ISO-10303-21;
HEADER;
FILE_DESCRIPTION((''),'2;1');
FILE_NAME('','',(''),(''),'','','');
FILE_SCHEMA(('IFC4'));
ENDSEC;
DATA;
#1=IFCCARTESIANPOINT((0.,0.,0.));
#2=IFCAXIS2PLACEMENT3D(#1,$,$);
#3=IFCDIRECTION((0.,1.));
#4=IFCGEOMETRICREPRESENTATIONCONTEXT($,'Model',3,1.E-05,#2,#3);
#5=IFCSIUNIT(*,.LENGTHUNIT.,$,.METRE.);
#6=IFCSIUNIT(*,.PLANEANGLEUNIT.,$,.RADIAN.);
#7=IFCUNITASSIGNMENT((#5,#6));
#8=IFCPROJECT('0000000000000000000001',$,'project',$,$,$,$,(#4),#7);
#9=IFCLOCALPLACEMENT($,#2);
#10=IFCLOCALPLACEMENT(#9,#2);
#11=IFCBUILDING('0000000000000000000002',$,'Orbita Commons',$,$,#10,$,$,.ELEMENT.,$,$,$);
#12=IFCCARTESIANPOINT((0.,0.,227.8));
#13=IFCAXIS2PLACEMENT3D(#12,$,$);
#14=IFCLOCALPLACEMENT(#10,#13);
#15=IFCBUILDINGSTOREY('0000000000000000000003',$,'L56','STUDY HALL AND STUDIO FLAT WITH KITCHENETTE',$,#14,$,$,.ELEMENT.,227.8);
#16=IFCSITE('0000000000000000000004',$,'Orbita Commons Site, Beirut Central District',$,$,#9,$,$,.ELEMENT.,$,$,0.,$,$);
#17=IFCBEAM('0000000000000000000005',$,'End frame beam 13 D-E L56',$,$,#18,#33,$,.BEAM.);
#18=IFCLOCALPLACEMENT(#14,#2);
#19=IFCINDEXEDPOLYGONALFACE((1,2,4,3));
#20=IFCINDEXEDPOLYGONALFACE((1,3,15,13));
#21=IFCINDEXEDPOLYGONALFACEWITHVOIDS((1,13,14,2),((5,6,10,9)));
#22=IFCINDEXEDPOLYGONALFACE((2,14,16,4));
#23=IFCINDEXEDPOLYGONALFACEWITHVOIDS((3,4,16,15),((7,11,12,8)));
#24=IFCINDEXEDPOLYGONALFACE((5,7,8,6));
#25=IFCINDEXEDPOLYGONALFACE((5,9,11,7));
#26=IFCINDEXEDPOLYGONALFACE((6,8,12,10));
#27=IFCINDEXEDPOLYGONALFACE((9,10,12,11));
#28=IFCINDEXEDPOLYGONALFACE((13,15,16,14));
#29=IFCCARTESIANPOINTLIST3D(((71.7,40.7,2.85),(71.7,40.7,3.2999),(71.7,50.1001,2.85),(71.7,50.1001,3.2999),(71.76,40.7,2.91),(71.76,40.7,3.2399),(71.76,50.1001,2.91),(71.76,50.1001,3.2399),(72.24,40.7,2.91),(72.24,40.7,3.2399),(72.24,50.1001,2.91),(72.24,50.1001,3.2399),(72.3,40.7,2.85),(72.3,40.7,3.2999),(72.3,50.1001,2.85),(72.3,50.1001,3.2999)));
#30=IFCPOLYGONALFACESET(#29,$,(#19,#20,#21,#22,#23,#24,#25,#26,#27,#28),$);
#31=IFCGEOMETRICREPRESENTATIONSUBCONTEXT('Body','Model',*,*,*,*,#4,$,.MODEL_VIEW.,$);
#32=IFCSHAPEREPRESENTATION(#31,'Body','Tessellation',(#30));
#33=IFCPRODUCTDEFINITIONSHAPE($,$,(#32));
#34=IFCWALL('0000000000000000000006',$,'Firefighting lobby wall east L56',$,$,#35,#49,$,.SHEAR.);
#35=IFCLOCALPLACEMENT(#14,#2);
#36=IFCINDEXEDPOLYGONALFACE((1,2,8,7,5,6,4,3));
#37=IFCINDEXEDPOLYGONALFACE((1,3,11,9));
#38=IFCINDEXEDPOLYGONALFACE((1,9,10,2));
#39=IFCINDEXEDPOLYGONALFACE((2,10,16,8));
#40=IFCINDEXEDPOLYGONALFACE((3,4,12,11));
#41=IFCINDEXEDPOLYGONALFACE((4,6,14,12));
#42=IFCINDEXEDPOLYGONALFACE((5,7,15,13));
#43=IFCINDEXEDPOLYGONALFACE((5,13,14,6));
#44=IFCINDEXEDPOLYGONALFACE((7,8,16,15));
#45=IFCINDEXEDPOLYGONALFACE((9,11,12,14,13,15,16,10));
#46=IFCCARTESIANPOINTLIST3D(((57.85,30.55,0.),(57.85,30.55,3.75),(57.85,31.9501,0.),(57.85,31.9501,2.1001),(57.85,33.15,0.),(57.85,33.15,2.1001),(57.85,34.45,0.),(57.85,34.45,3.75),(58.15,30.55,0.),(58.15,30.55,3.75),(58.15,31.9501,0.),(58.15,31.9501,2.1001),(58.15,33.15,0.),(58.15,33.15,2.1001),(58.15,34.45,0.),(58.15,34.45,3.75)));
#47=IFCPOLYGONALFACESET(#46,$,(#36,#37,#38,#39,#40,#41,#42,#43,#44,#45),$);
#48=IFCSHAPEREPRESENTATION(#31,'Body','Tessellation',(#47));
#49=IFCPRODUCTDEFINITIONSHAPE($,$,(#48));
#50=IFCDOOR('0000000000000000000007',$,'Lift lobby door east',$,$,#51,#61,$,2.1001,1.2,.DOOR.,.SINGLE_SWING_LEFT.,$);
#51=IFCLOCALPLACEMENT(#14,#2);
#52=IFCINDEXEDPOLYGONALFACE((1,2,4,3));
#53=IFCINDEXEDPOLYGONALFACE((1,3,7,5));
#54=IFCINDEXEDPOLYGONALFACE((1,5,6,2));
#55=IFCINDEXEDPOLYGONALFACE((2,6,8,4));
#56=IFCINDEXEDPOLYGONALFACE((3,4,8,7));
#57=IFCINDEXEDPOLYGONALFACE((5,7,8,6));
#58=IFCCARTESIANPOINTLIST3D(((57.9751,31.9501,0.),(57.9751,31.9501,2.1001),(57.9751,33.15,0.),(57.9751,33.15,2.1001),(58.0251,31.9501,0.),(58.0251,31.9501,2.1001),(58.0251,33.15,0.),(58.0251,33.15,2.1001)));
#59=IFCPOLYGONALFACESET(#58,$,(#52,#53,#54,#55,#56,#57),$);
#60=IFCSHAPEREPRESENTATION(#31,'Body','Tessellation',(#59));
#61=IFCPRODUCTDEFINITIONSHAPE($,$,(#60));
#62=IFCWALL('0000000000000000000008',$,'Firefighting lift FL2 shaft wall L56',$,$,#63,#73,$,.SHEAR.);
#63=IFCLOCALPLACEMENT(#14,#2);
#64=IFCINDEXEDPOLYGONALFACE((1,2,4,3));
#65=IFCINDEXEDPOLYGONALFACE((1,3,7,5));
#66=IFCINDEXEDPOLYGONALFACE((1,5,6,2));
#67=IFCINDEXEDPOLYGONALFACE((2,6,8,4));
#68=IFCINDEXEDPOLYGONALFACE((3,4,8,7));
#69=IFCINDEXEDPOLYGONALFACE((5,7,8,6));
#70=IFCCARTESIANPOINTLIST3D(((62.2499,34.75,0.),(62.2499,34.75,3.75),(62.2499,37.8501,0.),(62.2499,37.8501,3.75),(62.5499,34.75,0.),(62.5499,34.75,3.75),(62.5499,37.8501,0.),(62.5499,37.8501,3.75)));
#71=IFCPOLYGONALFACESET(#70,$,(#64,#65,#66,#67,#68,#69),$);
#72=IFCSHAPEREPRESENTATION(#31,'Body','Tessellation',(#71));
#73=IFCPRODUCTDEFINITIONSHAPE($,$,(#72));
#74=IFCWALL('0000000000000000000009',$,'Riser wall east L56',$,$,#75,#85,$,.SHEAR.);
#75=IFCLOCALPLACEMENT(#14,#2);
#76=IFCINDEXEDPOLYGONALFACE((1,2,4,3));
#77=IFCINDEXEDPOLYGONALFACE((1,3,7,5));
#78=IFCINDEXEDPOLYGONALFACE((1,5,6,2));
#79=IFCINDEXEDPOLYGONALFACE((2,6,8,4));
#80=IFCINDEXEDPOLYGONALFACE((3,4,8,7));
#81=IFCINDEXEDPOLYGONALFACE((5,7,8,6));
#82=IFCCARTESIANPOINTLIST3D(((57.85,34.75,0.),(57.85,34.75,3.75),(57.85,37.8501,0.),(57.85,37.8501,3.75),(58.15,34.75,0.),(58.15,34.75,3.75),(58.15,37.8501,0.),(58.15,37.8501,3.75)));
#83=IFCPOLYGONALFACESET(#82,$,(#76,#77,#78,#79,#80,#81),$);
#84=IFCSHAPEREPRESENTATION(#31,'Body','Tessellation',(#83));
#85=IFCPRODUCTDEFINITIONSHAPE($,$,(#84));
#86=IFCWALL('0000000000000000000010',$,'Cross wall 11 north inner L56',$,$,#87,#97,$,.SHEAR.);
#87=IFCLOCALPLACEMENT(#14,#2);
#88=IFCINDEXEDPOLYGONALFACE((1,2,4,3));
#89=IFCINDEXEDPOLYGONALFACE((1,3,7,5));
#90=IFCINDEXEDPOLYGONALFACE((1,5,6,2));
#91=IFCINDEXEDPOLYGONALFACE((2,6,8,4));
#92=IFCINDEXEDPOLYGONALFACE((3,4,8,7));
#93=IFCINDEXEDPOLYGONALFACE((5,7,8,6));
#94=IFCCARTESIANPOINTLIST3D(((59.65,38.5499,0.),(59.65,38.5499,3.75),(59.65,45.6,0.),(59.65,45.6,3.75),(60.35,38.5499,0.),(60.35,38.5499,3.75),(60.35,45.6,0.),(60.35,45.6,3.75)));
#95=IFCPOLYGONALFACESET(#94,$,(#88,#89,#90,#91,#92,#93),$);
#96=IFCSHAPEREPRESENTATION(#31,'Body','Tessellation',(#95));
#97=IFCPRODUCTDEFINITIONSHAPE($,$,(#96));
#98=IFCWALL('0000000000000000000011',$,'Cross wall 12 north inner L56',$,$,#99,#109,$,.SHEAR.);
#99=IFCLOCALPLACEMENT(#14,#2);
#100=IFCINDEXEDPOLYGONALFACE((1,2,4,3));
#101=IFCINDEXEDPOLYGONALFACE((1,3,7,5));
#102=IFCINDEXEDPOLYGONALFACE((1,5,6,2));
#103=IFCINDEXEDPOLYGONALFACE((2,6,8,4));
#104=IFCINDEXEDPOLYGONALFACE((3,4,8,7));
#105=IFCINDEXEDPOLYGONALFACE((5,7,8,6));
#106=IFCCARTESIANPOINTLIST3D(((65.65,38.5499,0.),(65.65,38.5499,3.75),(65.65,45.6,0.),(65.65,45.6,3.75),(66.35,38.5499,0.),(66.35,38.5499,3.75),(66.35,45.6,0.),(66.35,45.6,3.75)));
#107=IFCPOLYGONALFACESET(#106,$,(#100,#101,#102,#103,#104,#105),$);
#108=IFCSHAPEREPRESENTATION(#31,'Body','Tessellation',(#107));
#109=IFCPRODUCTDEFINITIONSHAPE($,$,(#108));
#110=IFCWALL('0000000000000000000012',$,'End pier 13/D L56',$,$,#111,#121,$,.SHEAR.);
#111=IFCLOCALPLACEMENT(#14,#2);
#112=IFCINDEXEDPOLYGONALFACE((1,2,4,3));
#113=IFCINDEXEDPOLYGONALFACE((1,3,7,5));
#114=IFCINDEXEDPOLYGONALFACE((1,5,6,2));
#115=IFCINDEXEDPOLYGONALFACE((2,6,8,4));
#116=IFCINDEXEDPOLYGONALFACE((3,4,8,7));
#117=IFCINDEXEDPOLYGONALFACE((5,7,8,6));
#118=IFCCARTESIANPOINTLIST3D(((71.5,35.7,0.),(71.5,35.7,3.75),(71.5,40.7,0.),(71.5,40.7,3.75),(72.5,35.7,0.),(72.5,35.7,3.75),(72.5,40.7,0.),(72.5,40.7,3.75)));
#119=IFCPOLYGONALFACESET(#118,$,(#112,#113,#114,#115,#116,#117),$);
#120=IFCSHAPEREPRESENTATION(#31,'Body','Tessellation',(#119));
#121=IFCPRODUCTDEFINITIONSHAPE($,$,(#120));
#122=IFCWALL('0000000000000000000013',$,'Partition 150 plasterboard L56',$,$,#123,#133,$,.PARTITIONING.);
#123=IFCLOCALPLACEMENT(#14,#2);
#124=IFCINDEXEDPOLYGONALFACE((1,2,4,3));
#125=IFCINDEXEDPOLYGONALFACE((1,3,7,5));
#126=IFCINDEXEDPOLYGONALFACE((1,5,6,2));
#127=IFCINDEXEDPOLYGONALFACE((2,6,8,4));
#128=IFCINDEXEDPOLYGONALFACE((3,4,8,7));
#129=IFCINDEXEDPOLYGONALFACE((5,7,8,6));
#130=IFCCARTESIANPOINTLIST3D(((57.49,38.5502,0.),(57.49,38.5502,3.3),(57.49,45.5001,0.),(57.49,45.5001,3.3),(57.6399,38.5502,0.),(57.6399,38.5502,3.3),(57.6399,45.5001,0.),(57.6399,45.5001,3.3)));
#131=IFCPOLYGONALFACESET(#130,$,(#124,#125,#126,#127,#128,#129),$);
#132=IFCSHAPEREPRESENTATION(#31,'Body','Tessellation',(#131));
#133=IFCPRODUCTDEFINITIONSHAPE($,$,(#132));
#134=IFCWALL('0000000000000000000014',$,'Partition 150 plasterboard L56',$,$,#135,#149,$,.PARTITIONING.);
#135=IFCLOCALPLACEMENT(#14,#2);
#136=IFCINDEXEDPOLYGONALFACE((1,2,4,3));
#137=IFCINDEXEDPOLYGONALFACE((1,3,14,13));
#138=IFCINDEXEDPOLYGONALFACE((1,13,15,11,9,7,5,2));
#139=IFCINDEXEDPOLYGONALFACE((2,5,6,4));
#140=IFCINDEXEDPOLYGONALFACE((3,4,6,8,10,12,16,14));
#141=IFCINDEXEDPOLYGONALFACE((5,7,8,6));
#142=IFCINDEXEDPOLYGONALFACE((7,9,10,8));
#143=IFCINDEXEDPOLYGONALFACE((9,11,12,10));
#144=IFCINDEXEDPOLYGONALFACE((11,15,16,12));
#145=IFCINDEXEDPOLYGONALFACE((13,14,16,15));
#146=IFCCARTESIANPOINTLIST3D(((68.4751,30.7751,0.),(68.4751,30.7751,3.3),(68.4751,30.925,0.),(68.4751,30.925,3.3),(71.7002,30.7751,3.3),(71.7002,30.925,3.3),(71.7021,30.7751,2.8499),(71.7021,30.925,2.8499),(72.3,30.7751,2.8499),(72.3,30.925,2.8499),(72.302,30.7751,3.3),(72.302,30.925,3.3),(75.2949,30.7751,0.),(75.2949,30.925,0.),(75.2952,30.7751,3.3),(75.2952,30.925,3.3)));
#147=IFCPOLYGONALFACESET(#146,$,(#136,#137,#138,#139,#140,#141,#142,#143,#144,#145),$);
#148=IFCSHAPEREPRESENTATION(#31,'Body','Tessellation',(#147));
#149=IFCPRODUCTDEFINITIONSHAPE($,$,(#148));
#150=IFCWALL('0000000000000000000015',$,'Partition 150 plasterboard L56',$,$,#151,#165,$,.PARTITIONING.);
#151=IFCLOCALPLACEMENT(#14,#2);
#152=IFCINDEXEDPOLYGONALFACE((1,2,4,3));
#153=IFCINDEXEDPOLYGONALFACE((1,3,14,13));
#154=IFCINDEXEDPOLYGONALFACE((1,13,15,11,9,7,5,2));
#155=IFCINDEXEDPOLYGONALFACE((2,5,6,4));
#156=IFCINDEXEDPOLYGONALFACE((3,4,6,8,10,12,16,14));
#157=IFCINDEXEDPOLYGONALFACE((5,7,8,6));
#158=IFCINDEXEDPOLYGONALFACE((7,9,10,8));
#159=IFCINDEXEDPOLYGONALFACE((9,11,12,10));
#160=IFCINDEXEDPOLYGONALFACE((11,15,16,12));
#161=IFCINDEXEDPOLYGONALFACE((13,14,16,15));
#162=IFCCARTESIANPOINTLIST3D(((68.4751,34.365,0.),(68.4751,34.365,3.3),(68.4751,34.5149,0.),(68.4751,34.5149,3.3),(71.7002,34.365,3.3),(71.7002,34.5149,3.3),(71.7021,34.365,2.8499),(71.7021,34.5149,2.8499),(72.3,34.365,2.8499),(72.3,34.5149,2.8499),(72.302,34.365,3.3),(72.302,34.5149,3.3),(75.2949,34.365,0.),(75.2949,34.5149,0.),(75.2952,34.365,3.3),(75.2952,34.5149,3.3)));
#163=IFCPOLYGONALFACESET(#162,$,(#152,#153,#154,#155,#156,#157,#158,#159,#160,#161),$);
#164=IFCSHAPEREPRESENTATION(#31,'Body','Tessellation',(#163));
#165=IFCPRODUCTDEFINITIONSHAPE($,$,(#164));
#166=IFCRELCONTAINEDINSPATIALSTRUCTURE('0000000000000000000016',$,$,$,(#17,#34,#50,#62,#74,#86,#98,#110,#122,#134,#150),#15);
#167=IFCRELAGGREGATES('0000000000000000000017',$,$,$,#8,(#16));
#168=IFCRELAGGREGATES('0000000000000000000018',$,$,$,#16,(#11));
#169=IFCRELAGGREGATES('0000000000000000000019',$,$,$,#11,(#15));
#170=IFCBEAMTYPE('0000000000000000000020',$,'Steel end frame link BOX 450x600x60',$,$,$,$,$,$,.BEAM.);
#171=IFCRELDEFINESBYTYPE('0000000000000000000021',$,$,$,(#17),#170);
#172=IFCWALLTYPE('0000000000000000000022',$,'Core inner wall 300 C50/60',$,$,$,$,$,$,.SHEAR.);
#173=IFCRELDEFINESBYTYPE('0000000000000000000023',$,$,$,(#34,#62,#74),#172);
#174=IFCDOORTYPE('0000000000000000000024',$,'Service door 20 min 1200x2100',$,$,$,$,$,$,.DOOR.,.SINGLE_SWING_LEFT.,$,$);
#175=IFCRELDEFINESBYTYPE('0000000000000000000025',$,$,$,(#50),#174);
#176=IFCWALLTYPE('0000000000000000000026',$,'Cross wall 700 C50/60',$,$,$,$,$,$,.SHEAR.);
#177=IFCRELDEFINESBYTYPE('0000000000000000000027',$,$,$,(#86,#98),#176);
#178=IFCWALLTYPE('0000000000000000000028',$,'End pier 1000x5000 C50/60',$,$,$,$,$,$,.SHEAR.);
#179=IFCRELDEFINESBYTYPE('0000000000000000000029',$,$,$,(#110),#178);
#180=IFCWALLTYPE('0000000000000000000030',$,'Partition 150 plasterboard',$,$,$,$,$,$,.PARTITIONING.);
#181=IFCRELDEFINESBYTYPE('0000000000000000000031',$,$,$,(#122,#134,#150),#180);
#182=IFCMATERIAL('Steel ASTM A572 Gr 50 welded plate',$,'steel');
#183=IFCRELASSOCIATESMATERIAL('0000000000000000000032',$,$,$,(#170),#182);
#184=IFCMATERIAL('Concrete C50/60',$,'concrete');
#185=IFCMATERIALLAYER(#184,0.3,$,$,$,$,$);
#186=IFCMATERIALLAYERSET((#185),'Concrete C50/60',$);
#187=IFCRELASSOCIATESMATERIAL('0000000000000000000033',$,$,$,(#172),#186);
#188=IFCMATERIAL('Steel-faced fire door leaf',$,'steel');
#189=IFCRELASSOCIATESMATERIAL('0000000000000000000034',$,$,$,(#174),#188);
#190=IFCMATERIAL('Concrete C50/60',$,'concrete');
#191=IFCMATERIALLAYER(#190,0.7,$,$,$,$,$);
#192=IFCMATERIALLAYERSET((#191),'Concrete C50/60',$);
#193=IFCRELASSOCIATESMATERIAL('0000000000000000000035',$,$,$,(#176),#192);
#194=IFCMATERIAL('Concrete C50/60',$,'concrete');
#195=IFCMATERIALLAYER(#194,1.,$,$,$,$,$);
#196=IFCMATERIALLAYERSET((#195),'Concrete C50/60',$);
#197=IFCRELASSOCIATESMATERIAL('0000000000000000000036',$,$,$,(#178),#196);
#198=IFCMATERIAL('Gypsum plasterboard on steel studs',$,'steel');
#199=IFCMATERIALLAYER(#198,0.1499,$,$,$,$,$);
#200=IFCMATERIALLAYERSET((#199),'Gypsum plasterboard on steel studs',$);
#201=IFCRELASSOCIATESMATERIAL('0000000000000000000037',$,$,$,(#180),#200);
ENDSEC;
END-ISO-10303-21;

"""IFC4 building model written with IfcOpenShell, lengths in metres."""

from ifc_helpers import new_model, si_unit, direction, frame, frame_2d, origin, origin_2d, place, context, subcontext, project, spatial, polyline, rectangle, hollow_rectangle, outline, extrude, material, layer, layer_set, material_profile, profile_set, type_object, element, fill, save


model = new_model("IFC4")

# Units and contexts
model_context = context("Model", 3, precision=1e-05, world=origin(), true_north=direction((0.0, 1.0)))
body_context = subcontext(model_context, "Body", "Model", "MODEL_VIEW")
ifc_project = project(units=[si_unit("LENGTHUNIT", "METRE"), si_unit("PLANEANGLEUNIT", "RADIAN")], contexts=[model_context])

# Site, building, storey
site_placement = place(None, origin())
site = spatial("IfcSite", under=ifc_project, at=site_placement, Name="Orbita Commons Site, Beirut Central District", CompositionType="ELEMENT", RefElevation=0.0)
building_placement = place(site_placement, origin())
building = spatial("IfcBuilding", under=site, at=building_placement, Name="Orbita Commons", CompositionType="ELEMENT")
storey_placement = place(building_placement, frame((0.0, 0.0, 227.8)))
storey = spatial("IfcBuildingStorey", under=building, at=storey_placement, Name="L56", Description="STUDY HALL AND STUDIO FLAT WITH KITCHENETTE", CompositionType="ELEMENT", Elevation=227.8)

# Beam
ifc_material_1 = material(Name="Steel ASTM A572 Gr 50 welded plate", Category="steel")
ifc_material_profile = material_profile(ifc_material_1, hollow_rectangle(XDim=0.6001, YDim=0.45, WallThickness=0.0601, at=origin_2d()), Name="BOX 450x600x60")
ifc_profile_set = profile_set([ifc_material_profile], Name="Steel ASTM A572 Gr 50 welded plate")
beam_type = type_object("IfcBeamType", Name="Steel end frame link BOX 450x600x60", PredefinedType="BEAM", material=ifc_profile_set)
beam_placement = place(storey_placement, frame((72.0, 40.7, 3.075), z_axis=(0.0, 1.0, 0.0), x_axis=(-1.0, 0.0, 0.0)))
element("IfcBeam", 1, at=beam_placement, inside=storey, type_object=beam_type, Name="End frame beam 13 D-E L56", PredefinedType="BEAM", context=body_context, shape_type="SweptSolid", body=[
    extrude(hollow_rectangle(XDim=0.6001, YDim=0.45, WallThickness=0.0601, at=origin_2d()), origin(), (0.0, 0.0, 1.0), 9.4001),
])

# Wall, opening, door
ifc_material_2 = material(Name="Concrete C50/60", Category="concrete")
ifc_layer_1 = layer(ifc_material_2, 0.3)
ifc_layer_set_1 = layer_set([ifc_layer_1], Name="Concrete C50/60")
wall_type_1 = type_object("IfcWallType", Name="Core inner wall 300 C50/60", PredefinedType="SHEAR", material=ifc_layer_set_1)
wall_1_placement = place(storey_placement, frame((58.0, 30.55, 0.0), z_axis=(0.0, 0.0, 1.0), x_axis=(0.0, 1.0, 0.0)))
wall_1 = element("IfcWall", 2, at=wall_1_placement, inside=storey, type_object=wall_type_1, Name="Firefighting lobby wall east L56", PredefinedType="SHEAR", context=body_context, shape_type="SweptSolid", body=[
    extrude(rectangle(XDim=3.8999, YDim=0.3, at=frame_2d((1.95, 0.0))), origin(), (0.0, 0.0, 1.0), 3.75),
])
opening_1_placement = place(wall_1_placement, frame((1.3999, 0.0, 0.0)))
opening_1 = element("IfcOpeningElement", 3, at=opening_1_placement, cuts=wall_1, PredefinedType="OPENING", context=body_context, shape_type="SweptSolid", body=[
    extrude(rectangle(XDim=1.2, YDim=2.1001, at=frame_2d((0.6001, 1.05))), frame((0.0, 0.1599, 0.0), z_axis=(0.0, -1.0, 0.0), x_axis=(1.0, 0.0, 0.0)), (0.0, 0.0, 1.0), 0.3201),
])
ifc_material_3 = material(Name="Steel-faced fire door leaf", Category="steel")
door_type = type_object("IfcDoorType", Name="Service door 20 min 1200x2100", OperationType="SINGLE_SWING_LEFT", PredefinedType="DOOR", material=ifc_material_3)
door_placement = place(opening_1_placement, origin())
door = element("IfcDoor", 4, at=door_placement, inside=storey, type_object=door_type, Name="Lift lobby door east", OperationType="SINGLE_SWING_LEFT", OverallHeight=2.1001, OverallWidth=1.2, PredefinedType="DOOR", context=body_context, shape_type="SweptSolid", body=[
    extrude(rectangle(XDim=1.2, YDim=2.1001, at=frame_2d((0.6001, 1.05))), frame((0.0, 0.0249, 0.0), z_axis=(0.0, -1.0, 0.0), x_axis=(1.0, 0.0, 0.0)), (0.0, 0.0, 1.0), 0.05),
])
fill(opening_1, door)

# Walls
for number, where, z_axis, x_axis, name in (
    (5, (62.3999, 34.75, 0.0), (0.0, 0.0, 1.0), (0.0, 1.0, 0.0), "Firefighting lift FL2 shaft wall L56"),
    (6, (58.0, 34.75, 0.0), (0.0, 0.0, 1.0), (0.0, 1.0, 0.0), "Riser wall east L56"),
):
    element("IfcWall", number, at=place(storey_placement, frame(where, z_axis=z_axis, x_axis=x_axis)), inside=storey, type_object=wall_type_1, Name=name, PredefinedType="SHEAR", context=body_context, shape_type="SweptSolid", body=[
        extrude(rectangle(XDim=3.1001, YDim=0.3, at=frame_2d((1.55, 0.0))), origin(), (0.0, 0.0, 1.0), 3.75),
    ])
ifc_material_4 = material(Name="Concrete C50/60", Category="concrete")
ifc_layer_2 = layer(ifc_material_4, 0.7)
ifc_layer_set_2 = layer_set([ifc_layer_2], Name="Concrete C50/60")
wall_type_2 = type_object("IfcWallType", Name="Cross wall 700 C50/60", PredefinedType="SHEAR", material=ifc_layer_set_2)
for number, where, z_axis, x_axis, name in (
    (7, (60.0, 38.55, 0.0), (0.0, 0.0, 1.0), (0.0, 1.0, 0.0), "Cross wall 11 north inner L56"),
    (8, (66.0, 38.55, 0.0), (0.0, 0.0, 1.0), (0.0, 1.0, 0.0), "Cross wall 12 north inner L56"),
):
    element("IfcWall", number, at=place(storey_placement, frame(where, z_axis=z_axis, x_axis=x_axis)), inside=storey, type_object=wall_type_2, Name=name, PredefinedType="SHEAR", context=body_context, shape_type="SweptSolid", body=[
        extrude(rectangle(XDim=7.05, YDim=0.7, at=frame_2d((3.5249, 0.0))), origin(), (0.0, 0.0, 1.0), 3.75),
    ])
ifc_material_5 = material(Name="Concrete C50/60", Category="concrete")
ifc_layer_3 = layer(ifc_material_5, 1.0)
ifc_layer_set_3 = layer_set([ifc_layer_3], Name="Concrete C50/60")
wall_type_3 = type_object("IfcWallType", Name="End pier 1000x5000 C50/60", PredefinedType="SHEAR", material=ifc_layer_set_3)
wall_2_placement = place(storey_placement, frame((72.0, 35.7, 0.0), z_axis=(0.0, 0.0, 1.0), x_axis=(0.0, 1.0, 0.0)))
element("IfcWall", 9, at=wall_2_placement, inside=storey, type_object=wall_type_3, Name="End pier 13/D L56", PredefinedType="SHEAR", context=body_context, shape_type="SweptSolid", body=[
    extrude(rectangle(XDim=5.0, YDim=1.0, at=frame_2d((2.5, 0.0))), origin(), (0.0, 0.0, 1.0), 3.75),
])
ifc_material_6 = material(Name="Gypsum plasterboard on steel studs", Category="steel")
ifc_layer_4 = layer(ifc_material_6, 0.1499)
ifc_layer_set_4 = layer_set([ifc_layer_4], Name="Gypsum plasterboard on steel studs")
wall_type_4 = type_object("IfcWallType", Name="Partition 150 plasterboard", PredefinedType="PARTITIONING", material=ifc_layer_set_4)
wall_3_placement = place(storey_placement, frame((57.5649, 38.55, 0.0), z_axis=(0.0, 0.0, 1.0), x_axis=(0.0, 1.0, 0.0)))
element("IfcWall", 10, at=wall_3_placement, inside=storey, type_object=wall_type_4, Name="Partition 150 plasterboard L56", PredefinedType="PARTITIONING", context=body_context, shape_type="SweptSolid", body=[
    extrude(rectangle(XDim=6.95, YDim=0.1499, at=frame_2d((3.4751, 0.0))), origin(), (0.0, 0.0, 1.0), 3.3),
])
for number, where, z_axis, x_axis, name in (
    (11, (68.4751, 30.8501, 0.0), (0.0, 0.0, 1.0), (1.0, 0.0, 0.0), "Partition 150 plasterboard L56"),
    (12, (68.4751, 34.4399, 0.0), (0.0, 0.0, 1.0), (1.0, 0.0, 0.0), "Partition 150 plasterboard L56"),
):
    element("IfcWall", number, at=place(storey_placement, frame(where, z_axis=z_axis, x_axis=x_axis)), inside=storey, type_object=wall_type_4, Name=name, PredefinedType="PARTITIONING", context=body_context, shape_type="SweptSolid", body=[
        extrude(outline(polyline([(0.0, 0.0), (6.8198, 0.0), (6.8201, 3.3), (3.8269, 3.3), (3.825, 2.8499), (3.2271, 2.8499), (3.2251, 3.3), (0.0, 3.3), (0.0, 0.0)])), frame((0.0, 0.075, 0.0), z_axis=(0.0, -1.0, 0.0), x_axis=(1.0, 0.0, 0.0)), (0.0, 0.0, 1.0), 0.1499),
    ])

save(model, "model.ifc")
